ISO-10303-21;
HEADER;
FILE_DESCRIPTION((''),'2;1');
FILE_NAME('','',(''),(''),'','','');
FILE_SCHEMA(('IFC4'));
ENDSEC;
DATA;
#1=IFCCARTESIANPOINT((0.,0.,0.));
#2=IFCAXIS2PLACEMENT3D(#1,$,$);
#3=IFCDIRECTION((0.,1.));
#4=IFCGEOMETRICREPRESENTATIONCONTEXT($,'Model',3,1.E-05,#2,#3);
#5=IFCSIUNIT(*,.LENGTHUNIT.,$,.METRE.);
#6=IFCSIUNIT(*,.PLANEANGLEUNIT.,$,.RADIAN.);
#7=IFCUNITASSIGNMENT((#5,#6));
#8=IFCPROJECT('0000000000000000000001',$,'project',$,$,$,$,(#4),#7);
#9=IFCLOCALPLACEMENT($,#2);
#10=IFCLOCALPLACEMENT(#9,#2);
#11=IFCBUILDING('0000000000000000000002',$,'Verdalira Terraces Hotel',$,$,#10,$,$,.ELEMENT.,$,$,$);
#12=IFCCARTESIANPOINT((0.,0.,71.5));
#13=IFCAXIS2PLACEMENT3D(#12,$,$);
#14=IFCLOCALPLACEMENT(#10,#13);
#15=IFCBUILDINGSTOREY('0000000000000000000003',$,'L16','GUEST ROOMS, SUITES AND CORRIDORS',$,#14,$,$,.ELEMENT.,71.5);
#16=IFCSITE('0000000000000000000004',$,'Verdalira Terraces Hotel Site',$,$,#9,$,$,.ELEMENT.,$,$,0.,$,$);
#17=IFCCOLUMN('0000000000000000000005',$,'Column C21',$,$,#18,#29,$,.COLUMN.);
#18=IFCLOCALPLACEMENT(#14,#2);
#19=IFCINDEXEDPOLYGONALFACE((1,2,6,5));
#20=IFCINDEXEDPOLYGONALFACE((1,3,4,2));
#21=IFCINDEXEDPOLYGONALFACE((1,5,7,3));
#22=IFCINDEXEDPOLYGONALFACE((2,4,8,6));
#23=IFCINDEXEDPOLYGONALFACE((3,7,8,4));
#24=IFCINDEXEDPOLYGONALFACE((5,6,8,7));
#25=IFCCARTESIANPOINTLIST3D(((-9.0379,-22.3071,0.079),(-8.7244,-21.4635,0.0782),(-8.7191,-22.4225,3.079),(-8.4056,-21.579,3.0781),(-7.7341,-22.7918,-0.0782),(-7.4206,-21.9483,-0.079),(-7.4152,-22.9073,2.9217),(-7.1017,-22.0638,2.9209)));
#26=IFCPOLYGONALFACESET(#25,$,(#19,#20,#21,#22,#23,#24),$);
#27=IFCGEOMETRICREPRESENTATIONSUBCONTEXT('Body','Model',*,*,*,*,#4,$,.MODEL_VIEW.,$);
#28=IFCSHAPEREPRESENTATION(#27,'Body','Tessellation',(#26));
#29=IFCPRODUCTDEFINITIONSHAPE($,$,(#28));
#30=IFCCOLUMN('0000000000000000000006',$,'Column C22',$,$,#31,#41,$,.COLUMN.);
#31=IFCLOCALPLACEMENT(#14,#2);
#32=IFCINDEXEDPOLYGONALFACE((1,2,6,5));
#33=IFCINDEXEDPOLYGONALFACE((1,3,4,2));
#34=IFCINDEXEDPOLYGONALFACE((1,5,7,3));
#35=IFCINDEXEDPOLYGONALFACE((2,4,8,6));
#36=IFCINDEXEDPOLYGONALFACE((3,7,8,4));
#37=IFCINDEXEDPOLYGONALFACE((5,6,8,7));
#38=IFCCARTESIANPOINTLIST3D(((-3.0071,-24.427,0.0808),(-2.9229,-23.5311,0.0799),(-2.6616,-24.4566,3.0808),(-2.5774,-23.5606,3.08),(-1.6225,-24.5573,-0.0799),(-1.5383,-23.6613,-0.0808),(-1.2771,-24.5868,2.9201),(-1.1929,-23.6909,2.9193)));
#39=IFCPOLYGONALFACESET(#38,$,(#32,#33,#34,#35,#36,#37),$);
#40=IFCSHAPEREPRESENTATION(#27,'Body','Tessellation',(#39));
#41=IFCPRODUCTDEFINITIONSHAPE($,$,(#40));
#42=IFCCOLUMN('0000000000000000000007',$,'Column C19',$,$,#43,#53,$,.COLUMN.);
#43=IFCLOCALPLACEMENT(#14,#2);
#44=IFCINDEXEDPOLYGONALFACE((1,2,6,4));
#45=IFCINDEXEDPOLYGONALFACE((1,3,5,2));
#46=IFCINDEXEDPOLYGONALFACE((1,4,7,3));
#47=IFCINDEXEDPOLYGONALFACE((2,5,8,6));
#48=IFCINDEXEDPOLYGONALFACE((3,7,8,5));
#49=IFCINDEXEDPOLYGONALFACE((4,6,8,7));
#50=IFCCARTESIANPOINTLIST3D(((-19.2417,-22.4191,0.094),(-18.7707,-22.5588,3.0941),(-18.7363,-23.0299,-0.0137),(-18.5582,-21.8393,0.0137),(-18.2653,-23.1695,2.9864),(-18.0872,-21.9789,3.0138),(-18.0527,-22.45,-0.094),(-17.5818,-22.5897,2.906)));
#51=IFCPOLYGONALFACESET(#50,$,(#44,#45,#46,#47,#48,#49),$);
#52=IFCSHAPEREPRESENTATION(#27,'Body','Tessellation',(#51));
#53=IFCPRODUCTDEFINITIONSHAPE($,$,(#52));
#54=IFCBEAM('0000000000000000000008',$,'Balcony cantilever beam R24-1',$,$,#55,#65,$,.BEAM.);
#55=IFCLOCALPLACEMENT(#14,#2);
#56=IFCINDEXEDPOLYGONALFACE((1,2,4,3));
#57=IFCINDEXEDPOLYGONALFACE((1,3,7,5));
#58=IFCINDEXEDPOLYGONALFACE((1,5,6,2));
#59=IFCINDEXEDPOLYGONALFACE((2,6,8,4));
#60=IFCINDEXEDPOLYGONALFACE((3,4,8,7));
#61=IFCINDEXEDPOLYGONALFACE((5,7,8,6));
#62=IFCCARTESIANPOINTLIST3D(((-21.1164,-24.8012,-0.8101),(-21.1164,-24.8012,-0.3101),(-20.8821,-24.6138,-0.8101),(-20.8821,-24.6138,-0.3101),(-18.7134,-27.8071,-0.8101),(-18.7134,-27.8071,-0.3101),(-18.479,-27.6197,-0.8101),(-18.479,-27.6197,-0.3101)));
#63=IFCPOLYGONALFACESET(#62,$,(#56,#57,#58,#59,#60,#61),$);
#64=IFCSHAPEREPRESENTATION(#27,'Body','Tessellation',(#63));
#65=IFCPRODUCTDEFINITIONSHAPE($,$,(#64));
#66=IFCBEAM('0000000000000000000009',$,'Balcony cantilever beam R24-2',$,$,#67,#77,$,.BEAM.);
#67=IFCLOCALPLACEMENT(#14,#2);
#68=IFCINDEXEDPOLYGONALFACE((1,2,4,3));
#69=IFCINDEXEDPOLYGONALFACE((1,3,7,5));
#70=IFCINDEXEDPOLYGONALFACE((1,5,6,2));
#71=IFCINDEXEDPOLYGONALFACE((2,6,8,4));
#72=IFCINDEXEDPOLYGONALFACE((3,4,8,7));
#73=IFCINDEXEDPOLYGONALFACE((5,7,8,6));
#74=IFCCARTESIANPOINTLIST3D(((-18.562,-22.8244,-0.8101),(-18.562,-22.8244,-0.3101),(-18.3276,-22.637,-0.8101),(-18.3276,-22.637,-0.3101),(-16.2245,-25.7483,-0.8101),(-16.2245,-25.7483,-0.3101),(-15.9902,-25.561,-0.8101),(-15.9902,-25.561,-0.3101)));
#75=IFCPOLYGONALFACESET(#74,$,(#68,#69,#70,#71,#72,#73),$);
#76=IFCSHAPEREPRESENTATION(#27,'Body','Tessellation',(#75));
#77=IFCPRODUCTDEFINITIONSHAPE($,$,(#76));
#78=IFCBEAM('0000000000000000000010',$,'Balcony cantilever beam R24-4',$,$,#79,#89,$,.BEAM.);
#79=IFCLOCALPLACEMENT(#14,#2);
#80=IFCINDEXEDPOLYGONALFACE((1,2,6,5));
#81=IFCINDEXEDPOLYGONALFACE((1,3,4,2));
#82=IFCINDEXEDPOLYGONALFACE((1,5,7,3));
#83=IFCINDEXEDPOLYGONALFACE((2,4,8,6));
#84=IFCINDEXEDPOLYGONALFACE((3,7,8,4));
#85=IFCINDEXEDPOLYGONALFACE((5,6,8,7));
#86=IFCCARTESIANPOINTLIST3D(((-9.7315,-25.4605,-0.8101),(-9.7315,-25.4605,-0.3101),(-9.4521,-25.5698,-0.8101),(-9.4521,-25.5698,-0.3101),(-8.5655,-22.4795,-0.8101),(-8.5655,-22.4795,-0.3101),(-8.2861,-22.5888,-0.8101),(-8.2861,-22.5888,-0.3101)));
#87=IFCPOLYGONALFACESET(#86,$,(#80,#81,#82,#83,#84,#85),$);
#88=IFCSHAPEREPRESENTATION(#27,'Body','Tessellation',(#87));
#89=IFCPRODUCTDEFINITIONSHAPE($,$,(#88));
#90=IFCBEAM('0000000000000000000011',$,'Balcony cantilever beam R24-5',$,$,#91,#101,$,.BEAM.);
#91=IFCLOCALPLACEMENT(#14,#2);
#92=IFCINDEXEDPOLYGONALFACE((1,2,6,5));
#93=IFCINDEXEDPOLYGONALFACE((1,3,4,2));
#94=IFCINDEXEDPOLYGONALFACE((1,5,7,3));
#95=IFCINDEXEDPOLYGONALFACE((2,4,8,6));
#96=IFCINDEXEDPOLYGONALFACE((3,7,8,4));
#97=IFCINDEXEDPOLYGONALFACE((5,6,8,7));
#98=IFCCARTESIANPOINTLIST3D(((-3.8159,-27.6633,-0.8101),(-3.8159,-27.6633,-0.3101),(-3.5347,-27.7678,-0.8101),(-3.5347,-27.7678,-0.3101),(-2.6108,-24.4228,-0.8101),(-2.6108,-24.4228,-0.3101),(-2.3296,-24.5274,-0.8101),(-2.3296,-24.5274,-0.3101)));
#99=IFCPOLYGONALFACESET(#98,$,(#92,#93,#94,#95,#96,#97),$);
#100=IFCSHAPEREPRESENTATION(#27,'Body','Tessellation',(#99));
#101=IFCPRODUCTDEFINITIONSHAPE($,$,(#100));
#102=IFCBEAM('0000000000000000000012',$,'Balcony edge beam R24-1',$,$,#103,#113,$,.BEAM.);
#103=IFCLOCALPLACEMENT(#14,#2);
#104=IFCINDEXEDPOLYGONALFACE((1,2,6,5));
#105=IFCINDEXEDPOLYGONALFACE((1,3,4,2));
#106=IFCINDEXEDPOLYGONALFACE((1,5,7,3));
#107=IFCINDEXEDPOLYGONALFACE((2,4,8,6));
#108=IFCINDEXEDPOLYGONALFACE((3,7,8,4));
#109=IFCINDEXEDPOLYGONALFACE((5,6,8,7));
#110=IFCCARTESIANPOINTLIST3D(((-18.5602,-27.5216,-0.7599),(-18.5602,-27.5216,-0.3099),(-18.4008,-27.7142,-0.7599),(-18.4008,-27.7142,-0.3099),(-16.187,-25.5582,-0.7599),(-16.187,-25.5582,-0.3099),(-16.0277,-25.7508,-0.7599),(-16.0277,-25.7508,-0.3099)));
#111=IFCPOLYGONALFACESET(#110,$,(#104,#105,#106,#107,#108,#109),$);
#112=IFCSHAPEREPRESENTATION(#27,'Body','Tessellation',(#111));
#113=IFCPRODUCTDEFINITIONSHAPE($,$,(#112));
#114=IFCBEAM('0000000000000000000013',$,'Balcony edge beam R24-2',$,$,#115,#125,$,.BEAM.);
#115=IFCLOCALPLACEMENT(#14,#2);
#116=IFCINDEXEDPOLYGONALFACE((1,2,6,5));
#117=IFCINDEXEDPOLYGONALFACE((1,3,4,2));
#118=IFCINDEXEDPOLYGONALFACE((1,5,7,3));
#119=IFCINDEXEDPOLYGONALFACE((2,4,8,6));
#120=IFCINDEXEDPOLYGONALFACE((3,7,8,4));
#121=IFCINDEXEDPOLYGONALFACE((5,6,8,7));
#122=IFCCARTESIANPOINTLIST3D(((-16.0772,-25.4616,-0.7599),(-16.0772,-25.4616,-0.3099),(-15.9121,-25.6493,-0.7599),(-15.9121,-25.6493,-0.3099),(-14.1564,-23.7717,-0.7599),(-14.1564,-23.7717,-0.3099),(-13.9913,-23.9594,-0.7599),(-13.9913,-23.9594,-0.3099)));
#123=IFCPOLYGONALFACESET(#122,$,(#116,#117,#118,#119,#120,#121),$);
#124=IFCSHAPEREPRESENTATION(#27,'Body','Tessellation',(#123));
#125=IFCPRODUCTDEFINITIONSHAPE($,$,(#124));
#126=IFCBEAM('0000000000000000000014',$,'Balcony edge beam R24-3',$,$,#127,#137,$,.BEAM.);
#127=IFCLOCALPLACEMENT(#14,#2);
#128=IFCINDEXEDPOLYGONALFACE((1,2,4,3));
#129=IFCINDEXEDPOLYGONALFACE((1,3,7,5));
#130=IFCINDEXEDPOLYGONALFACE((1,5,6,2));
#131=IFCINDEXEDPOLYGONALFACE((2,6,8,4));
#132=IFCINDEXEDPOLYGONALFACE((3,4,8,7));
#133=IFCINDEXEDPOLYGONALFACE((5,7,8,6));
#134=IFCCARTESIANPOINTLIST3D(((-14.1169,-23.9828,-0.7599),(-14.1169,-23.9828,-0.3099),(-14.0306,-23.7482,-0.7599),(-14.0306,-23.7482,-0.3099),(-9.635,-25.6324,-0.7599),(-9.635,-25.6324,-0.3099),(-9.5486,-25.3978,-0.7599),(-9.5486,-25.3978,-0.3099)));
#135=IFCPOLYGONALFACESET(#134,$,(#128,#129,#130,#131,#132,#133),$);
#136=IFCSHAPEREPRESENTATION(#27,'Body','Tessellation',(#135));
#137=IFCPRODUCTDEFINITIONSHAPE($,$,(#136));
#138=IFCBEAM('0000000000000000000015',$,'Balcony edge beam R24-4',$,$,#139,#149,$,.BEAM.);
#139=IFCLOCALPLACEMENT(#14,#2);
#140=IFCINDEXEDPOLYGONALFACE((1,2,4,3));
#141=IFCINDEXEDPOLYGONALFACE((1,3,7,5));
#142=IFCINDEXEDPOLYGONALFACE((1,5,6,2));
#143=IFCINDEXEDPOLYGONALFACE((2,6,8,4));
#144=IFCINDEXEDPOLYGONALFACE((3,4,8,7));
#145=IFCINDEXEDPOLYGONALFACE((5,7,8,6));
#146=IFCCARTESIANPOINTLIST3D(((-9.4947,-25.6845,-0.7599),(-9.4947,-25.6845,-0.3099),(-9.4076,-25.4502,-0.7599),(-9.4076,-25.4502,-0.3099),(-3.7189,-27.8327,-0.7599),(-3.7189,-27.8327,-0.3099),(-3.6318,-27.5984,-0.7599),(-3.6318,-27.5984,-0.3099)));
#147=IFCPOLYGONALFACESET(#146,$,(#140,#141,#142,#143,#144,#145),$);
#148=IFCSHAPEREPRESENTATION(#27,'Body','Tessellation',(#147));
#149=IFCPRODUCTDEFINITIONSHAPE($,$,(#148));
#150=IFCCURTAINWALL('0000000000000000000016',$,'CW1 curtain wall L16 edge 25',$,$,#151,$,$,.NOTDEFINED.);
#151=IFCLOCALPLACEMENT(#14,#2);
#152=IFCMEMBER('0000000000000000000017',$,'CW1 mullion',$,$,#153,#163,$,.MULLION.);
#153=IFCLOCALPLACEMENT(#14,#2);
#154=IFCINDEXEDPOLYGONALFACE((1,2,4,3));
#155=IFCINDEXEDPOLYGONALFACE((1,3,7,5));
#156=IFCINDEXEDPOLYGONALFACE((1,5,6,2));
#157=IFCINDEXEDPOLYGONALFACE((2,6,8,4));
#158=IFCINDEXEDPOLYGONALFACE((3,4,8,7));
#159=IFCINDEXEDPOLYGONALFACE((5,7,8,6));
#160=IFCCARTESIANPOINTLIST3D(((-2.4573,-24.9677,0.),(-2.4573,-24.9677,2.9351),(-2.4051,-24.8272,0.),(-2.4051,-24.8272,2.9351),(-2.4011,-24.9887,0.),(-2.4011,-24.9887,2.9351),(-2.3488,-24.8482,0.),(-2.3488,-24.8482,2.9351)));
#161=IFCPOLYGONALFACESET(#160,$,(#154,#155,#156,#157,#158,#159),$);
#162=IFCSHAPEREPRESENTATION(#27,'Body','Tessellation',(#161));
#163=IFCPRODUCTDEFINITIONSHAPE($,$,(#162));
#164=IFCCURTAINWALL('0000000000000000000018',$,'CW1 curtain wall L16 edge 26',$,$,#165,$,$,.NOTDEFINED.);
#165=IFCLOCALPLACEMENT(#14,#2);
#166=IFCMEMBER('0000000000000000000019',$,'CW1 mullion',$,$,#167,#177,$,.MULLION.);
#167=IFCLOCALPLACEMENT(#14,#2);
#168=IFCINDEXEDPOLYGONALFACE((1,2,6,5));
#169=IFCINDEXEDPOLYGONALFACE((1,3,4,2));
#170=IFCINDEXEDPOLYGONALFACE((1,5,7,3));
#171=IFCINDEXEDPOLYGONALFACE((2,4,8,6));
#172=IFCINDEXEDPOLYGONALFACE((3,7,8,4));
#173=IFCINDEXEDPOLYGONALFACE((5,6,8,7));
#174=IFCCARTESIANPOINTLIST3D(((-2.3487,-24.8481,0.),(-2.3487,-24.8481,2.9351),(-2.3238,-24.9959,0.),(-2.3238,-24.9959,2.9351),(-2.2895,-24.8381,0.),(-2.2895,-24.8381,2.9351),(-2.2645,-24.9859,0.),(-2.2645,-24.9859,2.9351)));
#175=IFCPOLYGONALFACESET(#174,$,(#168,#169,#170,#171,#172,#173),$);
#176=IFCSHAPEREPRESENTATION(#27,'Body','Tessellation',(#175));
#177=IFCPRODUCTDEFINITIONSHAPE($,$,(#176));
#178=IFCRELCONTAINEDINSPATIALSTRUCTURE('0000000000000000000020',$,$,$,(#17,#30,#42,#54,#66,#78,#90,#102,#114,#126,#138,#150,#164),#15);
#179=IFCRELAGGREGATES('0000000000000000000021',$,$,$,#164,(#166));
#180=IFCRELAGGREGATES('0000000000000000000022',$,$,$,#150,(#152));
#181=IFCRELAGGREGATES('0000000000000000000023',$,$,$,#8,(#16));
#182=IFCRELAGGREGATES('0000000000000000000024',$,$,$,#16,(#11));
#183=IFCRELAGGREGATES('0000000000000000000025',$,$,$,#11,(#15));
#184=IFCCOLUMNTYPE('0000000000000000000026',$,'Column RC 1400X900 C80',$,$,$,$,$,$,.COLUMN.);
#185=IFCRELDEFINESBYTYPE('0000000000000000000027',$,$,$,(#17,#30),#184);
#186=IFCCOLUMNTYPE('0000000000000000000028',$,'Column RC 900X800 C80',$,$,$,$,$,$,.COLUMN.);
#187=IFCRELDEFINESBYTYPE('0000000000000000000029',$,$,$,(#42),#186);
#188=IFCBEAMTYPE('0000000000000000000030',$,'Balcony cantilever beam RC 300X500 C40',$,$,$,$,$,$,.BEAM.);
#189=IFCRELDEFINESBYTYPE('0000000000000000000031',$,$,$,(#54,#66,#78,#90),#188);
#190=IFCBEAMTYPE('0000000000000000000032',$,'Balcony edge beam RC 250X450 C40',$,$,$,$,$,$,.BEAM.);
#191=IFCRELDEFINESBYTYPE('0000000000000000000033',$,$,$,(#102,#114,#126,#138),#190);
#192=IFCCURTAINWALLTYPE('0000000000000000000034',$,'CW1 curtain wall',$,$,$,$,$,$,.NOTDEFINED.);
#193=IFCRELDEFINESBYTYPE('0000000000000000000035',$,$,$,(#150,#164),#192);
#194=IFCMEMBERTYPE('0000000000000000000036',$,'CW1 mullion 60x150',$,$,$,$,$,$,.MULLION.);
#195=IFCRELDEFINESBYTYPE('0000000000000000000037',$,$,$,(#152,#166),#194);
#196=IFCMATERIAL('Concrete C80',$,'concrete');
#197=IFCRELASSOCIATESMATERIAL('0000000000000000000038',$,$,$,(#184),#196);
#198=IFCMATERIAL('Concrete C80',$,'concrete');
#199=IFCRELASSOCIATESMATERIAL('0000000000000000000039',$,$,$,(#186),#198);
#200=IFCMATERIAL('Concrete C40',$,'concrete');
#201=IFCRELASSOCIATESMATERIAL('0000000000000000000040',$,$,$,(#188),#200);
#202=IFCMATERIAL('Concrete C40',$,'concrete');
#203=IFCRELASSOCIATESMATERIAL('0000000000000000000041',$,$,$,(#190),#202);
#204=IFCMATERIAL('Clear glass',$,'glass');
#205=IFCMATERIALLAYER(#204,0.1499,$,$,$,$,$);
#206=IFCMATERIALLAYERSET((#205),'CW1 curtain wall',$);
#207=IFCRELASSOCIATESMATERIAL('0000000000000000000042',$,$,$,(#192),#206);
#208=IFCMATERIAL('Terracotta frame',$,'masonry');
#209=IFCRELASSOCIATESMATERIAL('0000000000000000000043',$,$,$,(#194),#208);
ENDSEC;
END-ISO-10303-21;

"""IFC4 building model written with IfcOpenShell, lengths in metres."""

from ifc_helpers import new_model, si_unit, direction, frame, origin, origin_2d, place, context, subcontext, project, spatial, rectangle, extrude, material, layer, layer_set, material_profile, profile_set, type_object, element, aggregate, save


model = new_model("IFC4")

# Units and contexts
model_context = context("Model", 3, precision=1e-05, world=origin(), true_north=direction((0.0, 1.0)))
body_context = subcontext(model_context, "Body", "Model", "MODEL_VIEW")
ifc_project = project(units=[si_unit("LENGTHUNIT", "METRE"), si_unit("PLANEANGLEUNIT", "RADIAN")], contexts=[model_context])

# Site, building, storey
site_placement = place(None, origin())
site = spatial("IfcSite", under=ifc_project, at=site_placement, Name="Verdalira Terraces Hotel Site", CompositionType="ELEMENT", RefElevation=0.0)
building_placement = place(site_placement, origin())
building = spatial("IfcBuilding", under=site, at=building_placement, Name="Verdalira Terraces Hotel", CompositionType="ELEMENT")
storey_placement = place(building_placement, frame((0.0, 0.0, 71.5)))
storey = spatial("IfcBuildingStorey", under=building, at=storey_placement, Name="L16", Description="GUEST ROOMS, SUITES AND CORRIDORS", CompositionType="ELEMENT", Elevation=71.5)

# Columns
ifc_material_1 = material(Name="Concrete C80", Category="concrete")
ifc_material_profile_1 = material_profile(ifc_material_1, rectangle(XDim=1.3999, YDim=0.8999, at=origin_2d()), Name="RC 1400X900")
ifc_profile_set_1 = profile_set([ifc_material_profile_1], Name="Concrete C80")
column_type_1 = type_object("IfcColumnType", Name="Column RC 1400X900 C80", PredefinedType="COLUMN", material=ifc_profile_set_1)
column_1_placement = place(storey_placement, frame((-8.2292, -22.1277, 0.0), z_axis=(0.10561, -0.038249, 0.993672), x_axis=(0.93138, -0.34629, -0.112319)))
element("IfcColumn", 1, at=column_1_placement, inside=storey, type_object=column_type_1, Name="Column C21", PredefinedType="COLUMN", context=body_context, shape_type="SweptSolid", body=[
    extrude(rectangle(XDim=1.3999, YDim=0.8999, at=origin_2d()), origin(), (0.0, 0.0, 1.0), 3.019),
])
column_2_placement = place(storey_placement, frame((-2.2727, -24.0442, 0.0), z_axis=(0.114392, -0.009782, 0.993388), x_axis=(-0.989022, 0.093038, 0.114805)))
element("IfcColumn", 2, at=column_2_placement, inside=storey, type_object=column_type_1, Name="Column C22", PredefinedType="COLUMN", context=body_context, shape_type="SweptSolid", body=[
    extrude(rectangle(XDim=1.3999, YDim=0.8999, at=origin_2d()), origin(), (0.0, 0.0, 1.0), 3.02),
])
ifc_material_2 = material(Name="Concrete C80", Category="concrete")
ifc_material_profile_2 = material_profile(ifc_material_2, rectangle(XDim=0.8999, YDim=0.8, at=origin_2d()), Name="RC 900X800")
ifc_profile_set_2 = profile_set([ifc_material_profile_2], Name="Concrete C80")
column_type_2 = type_object("IfcColumnType", Name="Column RC 900X800 C80", PredefinedType="COLUMN", material=ifc_profile_set_2)
column_3_placement = place(storey_placement, frame((-18.6472, -22.4346, 0.0), z_axis=(0.154919, -0.045938, 0.986858), x_axis=(0.759539, 0.644311, -0.089242)))
element("IfcColumn", 3, at=column_3_placement, inside=storey, type_object=column_type_2, Name="Column C19", PredefinedType="COLUMN", context=body_context, shape_type="SweptSolid", body=[
    extrude(rectangle(XDim=0.8999, YDim=0.8, at=origin_2d()), origin(), (0.0, 0.0, 1.0), 3.04),
])

# Beams
ifc_material_3 = material(Name="Concrete C40", Category="concrete")
ifc_material_profile_3 = material_profile(ifc_material_3, rectangle(XDim=0.3, YDim=0.5, at=origin_2d()), Name="RC 300X500")
ifc_profile_set_3 = profile_set([ifc_material_profile_3], Name="Concrete C40")
beam_type_1 = type_object("IfcBeamType", Name="Balcony cantilever beam RC 300X500 C40", PredefinedType="BEAM", material=ifc_profile_set_3)
beam_1_placement = place(storey_placement, frame((-20.9993, -24.7075, -0.5601), z_axis=(0.62444, -0.781073, 0.0), x_axis=(0.781073, 0.62444, 0.0)))
element("IfcBeam", 4, at=beam_1_placement, inside=storey, type_object=beam_type_1, Name="Balcony cantilever beam R24-1", PredefinedType="BEAM", context=body_context, shape_type="SweptSolid", body=[
    extrude(rectangle(XDim=0.3, YDim=0.5, at=origin_2d()), origin(), (0.0, 0.0, 1.0), 3.8484),
])
beam_2_placement = place(storey_placement, frame((-18.4448, -22.7307, -0.5601), z_axis=(0.624425, -0.781085, 0.0), x_axis=(0.781085, 0.624425, 0.0)))
element("IfcBeam", 5, at=beam_2_placement, inside=storey, type_object=beam_type_1, Name="Balcony cantilever beam R24-2", PredefinedType="BEAM", context=body_context, shape_type="SweptSolid", body=[
    extrude(rectangle(XDim=0.3, YDim=0.5, at=origin_2d()), origin(), (0.0, 0.0, 1.0), 3.7434),
])
beam_3_placement = place(storey_placement, frame((-8.4258, -22.5342, -0.5601), z_axis=(-0.364279, -0.93129, 0.0), x_axis=(0.93129, -0.364279, 0.0)))
element("IfcBeam", 6, at=beam_3_placement, inside=storey, type_object=beam_type_1, Name="Balcony cantilever beam R24-4", PredefinedType="BEAM", context=body_context, shape_type="SweptSolid", body=[
    extrude(rectangle(XDim=0.3, YDim=0.5, at=origin_2d()), origin(), (0.0, 0.0, 1.0), 3.2009),
])
beam_4_placement = place(storey_placement, frame((-2.4702, -24.4751, -0.5601), z_axis=(-0.348561, -0.937286, 0.0), x_axis=(0.937286, -0.348561, 0.0)))
element("IfcBeam", 7, at=beam_4_placement, inside=storey, type_object=beam_type_1, Name="Balcony cantilever beam R24-5", PredefinedType="BEAM", context=body_context, shape_type="SweptSolid", body=[
    extrude(rectangle(XDim=0.3, YDim=0.5, at=origin_2d()), origin(), (0.0, 0.0, 1.0), 3.4573),
])
ifc_material_4 = material(Name="Concrete C40", Category="concrete")
ifc_material_profile_4 = material_profile(ifc_material_4, rectangle(XDim=0.25, YDim=0.45, at=origin_2d()), Name="RC 250X450")
ifc_profile_set_4 = profile_set([ifc_material_profile_4], Name="Concrete C40")
beam_type_2 = type_object("IfcBeamType", Name="Balcony edge beam RC 250X450 C40", PredefinedType="BEAM", material=ifc_profile_set_4)
beam_5_placement = place(storey_placement, frame((-18.4805, -27.6179, -0.5349), z_axis=(0.770478, 0.637467, 0.0), x_axis=(-0.637467, 0.770478, 0.0)))
element("IfcBeam", 8, at=beam_5_placement, inside=storey, type_object=beam_type_2, Name="Balcony edge beam R24-1", PredefinedType="BEAM", context=body_context, shape_type="SweptSolid", body=[
    extrude(rectangle(XDim=0.25, YDim=0.45, at=origin_2d()), origin(), (0.0, 0.0, 1.0), 3.0801),
])
beam_6_placement = place(storey_placement, frame((-15.9946, -25.5554, -0.5349), z_axis=(0.750801, 0.660529, 0.0), x_axis=(-0.660529, 0.750801, 0.0)))
element("IfcBeam", 9, at=beam_6_placement, inside=storey, type_object=beam_type_2, Name="Balcony edge beam R24-2", PredefinedType="BEAM", context=body_context, shape_type="SweptSolid", body=[
    extrude(rectangle(XDim=0.25, YDim=0.45, at=origin_2d()), origin(), (0.0, 0.0, 1.0), 2.5583),
])
beam_7_placement = place(storey_placement, frame((-14.0737, -23.8655, -0.5349), z_axis=(0.93845, -0.345414, 0.0), x_axis=(0.345414, 0.93845, 0.0)))
element("IfcBeam", 10, at=beam_7_placement, inside=storey, type_object=beam_type_2, Name="Balcony edge beam R24-3", PredefinedType="BEAM", context=body_context, shape_type="SweptSolid", body=[
    extrude(rectangle(XDim=0.25, YDim=0.45, at=origin_2d()), origin(), (0.0, 0.0, 1.0), 4.7759),
])
beam_8_placement = place(storey_placement, frame((-9.4512, -25.5674, -0.5349), z_axis=(0.937273, -0.348595, 0.0), x_axis=(0.348595, 0.937273, 0.0)))
element("IfcBeam", 11, at=beam_8_placement, inside=storey, type_object=beam_type_2, Name="Balcony edge beam R24-4", PredefinedType="BEAM", context=body_context, shape_type="SweptSolid", body=[
    extrude(rectangle(XDim=0.25, YDim=0.45, at=origin_2d()), origin(), (0.0, 0.0, 1.0), 6.1624),
])

# Curtain wall, member
ifc_material_5 = material(Name="Clear glass", Category="glass")
ifc_layer_1 = layer(ifc_material_5, 0.1499)
ifc_layer_set_1 = layer_set([ifc_layer_1], Name="CW1 curtain wall")
curtain_wall_type_1 = type_object("IfcCurtainWallType", Name="CW1 curtain wall", PredefinedType="NOTDEFINED", material=ifc_layer_set_1)
curtain_wall_1_placement = place(storey_placement, origin())
curtain_wall_1 = element("IfcCurtainWall", 12, at=curtain_wall_1_placement, inside=storey, type_object=curtain_wall_type_1, Name="CW1 curtain wall L16 edge 25", PredefinedType="NOTDEFINED")
ifc_material_6 = material(Name="Terracotta frame", Category="masonry")
ifc_material_profile_5 = material_profile(ifc_material_6, rectangle(XDim=0.0601, YDim=0.1499, at=origin_2d()), Name="MU 60x150")
ifc_profile_set_5 = profile_set([ifc_material_profile_5], Name="Terracotta frame")
member_type_1 = type_object("IfcMemberType", Name="CW1 mullion 60x150", PredefinedType="MULLION", material=ifc_profile_set_5)
member_1_placement = place(storey_placement, frame((-2.4031, -24.908, 0.0), z_axis=(0.0, 0.0, 1.0), x_axis=(0.937282, -0.348572, 0.0)))
member_1 = element("IfcMember", 13, at=member_1_placement, type_object=member_type_1, Name="CW1 mullion", PredefinedType="MULLION", context=body_context, shape_type="SweptSolid", body=[
    extrude(rectangle(XDim=0.0601, YDim=0.1499, at=origin_2d()), origin(), (0.0, 0.0, 1.0), 2.9351),
])

# Curtain wall, member
curtain_wall_2_placement = place(storey_placement, origin())
curtain_wall_2 = element("IfcCurtainWall", 14, at=curtain_wall_2_placement, inside=storey, type_object=curtain_wall_type_1, Name="CW1 curtain wall L16 edge 26", PredefinedType="NOTDEFINED")
member_2_placement = place(storey_placement, frame((-2.3066, -24.917, 0.0), z_axis=(0.0, 0.0, 1.0), x_axis=(0.985996, 0.166769, 0.0)))
member_2 = element("IfcMember", 15, at=member_2_placement, type_object=member_type_1, Name="CW1 mullion", PredefinedType="MULLION", context=body_context, shape_type="SweptSolid", body=[
    extrude(rectangle(XDim=0.0601, YDim=0.1499, at=origin_2d()), origin(), (0.0, 0.0, 1.0), 2.9351),
])
aggregate(curtain_wall_2, [member_2])

aggregate(curtain_wall_1, [member_1])

save(model, "model.ifc")
